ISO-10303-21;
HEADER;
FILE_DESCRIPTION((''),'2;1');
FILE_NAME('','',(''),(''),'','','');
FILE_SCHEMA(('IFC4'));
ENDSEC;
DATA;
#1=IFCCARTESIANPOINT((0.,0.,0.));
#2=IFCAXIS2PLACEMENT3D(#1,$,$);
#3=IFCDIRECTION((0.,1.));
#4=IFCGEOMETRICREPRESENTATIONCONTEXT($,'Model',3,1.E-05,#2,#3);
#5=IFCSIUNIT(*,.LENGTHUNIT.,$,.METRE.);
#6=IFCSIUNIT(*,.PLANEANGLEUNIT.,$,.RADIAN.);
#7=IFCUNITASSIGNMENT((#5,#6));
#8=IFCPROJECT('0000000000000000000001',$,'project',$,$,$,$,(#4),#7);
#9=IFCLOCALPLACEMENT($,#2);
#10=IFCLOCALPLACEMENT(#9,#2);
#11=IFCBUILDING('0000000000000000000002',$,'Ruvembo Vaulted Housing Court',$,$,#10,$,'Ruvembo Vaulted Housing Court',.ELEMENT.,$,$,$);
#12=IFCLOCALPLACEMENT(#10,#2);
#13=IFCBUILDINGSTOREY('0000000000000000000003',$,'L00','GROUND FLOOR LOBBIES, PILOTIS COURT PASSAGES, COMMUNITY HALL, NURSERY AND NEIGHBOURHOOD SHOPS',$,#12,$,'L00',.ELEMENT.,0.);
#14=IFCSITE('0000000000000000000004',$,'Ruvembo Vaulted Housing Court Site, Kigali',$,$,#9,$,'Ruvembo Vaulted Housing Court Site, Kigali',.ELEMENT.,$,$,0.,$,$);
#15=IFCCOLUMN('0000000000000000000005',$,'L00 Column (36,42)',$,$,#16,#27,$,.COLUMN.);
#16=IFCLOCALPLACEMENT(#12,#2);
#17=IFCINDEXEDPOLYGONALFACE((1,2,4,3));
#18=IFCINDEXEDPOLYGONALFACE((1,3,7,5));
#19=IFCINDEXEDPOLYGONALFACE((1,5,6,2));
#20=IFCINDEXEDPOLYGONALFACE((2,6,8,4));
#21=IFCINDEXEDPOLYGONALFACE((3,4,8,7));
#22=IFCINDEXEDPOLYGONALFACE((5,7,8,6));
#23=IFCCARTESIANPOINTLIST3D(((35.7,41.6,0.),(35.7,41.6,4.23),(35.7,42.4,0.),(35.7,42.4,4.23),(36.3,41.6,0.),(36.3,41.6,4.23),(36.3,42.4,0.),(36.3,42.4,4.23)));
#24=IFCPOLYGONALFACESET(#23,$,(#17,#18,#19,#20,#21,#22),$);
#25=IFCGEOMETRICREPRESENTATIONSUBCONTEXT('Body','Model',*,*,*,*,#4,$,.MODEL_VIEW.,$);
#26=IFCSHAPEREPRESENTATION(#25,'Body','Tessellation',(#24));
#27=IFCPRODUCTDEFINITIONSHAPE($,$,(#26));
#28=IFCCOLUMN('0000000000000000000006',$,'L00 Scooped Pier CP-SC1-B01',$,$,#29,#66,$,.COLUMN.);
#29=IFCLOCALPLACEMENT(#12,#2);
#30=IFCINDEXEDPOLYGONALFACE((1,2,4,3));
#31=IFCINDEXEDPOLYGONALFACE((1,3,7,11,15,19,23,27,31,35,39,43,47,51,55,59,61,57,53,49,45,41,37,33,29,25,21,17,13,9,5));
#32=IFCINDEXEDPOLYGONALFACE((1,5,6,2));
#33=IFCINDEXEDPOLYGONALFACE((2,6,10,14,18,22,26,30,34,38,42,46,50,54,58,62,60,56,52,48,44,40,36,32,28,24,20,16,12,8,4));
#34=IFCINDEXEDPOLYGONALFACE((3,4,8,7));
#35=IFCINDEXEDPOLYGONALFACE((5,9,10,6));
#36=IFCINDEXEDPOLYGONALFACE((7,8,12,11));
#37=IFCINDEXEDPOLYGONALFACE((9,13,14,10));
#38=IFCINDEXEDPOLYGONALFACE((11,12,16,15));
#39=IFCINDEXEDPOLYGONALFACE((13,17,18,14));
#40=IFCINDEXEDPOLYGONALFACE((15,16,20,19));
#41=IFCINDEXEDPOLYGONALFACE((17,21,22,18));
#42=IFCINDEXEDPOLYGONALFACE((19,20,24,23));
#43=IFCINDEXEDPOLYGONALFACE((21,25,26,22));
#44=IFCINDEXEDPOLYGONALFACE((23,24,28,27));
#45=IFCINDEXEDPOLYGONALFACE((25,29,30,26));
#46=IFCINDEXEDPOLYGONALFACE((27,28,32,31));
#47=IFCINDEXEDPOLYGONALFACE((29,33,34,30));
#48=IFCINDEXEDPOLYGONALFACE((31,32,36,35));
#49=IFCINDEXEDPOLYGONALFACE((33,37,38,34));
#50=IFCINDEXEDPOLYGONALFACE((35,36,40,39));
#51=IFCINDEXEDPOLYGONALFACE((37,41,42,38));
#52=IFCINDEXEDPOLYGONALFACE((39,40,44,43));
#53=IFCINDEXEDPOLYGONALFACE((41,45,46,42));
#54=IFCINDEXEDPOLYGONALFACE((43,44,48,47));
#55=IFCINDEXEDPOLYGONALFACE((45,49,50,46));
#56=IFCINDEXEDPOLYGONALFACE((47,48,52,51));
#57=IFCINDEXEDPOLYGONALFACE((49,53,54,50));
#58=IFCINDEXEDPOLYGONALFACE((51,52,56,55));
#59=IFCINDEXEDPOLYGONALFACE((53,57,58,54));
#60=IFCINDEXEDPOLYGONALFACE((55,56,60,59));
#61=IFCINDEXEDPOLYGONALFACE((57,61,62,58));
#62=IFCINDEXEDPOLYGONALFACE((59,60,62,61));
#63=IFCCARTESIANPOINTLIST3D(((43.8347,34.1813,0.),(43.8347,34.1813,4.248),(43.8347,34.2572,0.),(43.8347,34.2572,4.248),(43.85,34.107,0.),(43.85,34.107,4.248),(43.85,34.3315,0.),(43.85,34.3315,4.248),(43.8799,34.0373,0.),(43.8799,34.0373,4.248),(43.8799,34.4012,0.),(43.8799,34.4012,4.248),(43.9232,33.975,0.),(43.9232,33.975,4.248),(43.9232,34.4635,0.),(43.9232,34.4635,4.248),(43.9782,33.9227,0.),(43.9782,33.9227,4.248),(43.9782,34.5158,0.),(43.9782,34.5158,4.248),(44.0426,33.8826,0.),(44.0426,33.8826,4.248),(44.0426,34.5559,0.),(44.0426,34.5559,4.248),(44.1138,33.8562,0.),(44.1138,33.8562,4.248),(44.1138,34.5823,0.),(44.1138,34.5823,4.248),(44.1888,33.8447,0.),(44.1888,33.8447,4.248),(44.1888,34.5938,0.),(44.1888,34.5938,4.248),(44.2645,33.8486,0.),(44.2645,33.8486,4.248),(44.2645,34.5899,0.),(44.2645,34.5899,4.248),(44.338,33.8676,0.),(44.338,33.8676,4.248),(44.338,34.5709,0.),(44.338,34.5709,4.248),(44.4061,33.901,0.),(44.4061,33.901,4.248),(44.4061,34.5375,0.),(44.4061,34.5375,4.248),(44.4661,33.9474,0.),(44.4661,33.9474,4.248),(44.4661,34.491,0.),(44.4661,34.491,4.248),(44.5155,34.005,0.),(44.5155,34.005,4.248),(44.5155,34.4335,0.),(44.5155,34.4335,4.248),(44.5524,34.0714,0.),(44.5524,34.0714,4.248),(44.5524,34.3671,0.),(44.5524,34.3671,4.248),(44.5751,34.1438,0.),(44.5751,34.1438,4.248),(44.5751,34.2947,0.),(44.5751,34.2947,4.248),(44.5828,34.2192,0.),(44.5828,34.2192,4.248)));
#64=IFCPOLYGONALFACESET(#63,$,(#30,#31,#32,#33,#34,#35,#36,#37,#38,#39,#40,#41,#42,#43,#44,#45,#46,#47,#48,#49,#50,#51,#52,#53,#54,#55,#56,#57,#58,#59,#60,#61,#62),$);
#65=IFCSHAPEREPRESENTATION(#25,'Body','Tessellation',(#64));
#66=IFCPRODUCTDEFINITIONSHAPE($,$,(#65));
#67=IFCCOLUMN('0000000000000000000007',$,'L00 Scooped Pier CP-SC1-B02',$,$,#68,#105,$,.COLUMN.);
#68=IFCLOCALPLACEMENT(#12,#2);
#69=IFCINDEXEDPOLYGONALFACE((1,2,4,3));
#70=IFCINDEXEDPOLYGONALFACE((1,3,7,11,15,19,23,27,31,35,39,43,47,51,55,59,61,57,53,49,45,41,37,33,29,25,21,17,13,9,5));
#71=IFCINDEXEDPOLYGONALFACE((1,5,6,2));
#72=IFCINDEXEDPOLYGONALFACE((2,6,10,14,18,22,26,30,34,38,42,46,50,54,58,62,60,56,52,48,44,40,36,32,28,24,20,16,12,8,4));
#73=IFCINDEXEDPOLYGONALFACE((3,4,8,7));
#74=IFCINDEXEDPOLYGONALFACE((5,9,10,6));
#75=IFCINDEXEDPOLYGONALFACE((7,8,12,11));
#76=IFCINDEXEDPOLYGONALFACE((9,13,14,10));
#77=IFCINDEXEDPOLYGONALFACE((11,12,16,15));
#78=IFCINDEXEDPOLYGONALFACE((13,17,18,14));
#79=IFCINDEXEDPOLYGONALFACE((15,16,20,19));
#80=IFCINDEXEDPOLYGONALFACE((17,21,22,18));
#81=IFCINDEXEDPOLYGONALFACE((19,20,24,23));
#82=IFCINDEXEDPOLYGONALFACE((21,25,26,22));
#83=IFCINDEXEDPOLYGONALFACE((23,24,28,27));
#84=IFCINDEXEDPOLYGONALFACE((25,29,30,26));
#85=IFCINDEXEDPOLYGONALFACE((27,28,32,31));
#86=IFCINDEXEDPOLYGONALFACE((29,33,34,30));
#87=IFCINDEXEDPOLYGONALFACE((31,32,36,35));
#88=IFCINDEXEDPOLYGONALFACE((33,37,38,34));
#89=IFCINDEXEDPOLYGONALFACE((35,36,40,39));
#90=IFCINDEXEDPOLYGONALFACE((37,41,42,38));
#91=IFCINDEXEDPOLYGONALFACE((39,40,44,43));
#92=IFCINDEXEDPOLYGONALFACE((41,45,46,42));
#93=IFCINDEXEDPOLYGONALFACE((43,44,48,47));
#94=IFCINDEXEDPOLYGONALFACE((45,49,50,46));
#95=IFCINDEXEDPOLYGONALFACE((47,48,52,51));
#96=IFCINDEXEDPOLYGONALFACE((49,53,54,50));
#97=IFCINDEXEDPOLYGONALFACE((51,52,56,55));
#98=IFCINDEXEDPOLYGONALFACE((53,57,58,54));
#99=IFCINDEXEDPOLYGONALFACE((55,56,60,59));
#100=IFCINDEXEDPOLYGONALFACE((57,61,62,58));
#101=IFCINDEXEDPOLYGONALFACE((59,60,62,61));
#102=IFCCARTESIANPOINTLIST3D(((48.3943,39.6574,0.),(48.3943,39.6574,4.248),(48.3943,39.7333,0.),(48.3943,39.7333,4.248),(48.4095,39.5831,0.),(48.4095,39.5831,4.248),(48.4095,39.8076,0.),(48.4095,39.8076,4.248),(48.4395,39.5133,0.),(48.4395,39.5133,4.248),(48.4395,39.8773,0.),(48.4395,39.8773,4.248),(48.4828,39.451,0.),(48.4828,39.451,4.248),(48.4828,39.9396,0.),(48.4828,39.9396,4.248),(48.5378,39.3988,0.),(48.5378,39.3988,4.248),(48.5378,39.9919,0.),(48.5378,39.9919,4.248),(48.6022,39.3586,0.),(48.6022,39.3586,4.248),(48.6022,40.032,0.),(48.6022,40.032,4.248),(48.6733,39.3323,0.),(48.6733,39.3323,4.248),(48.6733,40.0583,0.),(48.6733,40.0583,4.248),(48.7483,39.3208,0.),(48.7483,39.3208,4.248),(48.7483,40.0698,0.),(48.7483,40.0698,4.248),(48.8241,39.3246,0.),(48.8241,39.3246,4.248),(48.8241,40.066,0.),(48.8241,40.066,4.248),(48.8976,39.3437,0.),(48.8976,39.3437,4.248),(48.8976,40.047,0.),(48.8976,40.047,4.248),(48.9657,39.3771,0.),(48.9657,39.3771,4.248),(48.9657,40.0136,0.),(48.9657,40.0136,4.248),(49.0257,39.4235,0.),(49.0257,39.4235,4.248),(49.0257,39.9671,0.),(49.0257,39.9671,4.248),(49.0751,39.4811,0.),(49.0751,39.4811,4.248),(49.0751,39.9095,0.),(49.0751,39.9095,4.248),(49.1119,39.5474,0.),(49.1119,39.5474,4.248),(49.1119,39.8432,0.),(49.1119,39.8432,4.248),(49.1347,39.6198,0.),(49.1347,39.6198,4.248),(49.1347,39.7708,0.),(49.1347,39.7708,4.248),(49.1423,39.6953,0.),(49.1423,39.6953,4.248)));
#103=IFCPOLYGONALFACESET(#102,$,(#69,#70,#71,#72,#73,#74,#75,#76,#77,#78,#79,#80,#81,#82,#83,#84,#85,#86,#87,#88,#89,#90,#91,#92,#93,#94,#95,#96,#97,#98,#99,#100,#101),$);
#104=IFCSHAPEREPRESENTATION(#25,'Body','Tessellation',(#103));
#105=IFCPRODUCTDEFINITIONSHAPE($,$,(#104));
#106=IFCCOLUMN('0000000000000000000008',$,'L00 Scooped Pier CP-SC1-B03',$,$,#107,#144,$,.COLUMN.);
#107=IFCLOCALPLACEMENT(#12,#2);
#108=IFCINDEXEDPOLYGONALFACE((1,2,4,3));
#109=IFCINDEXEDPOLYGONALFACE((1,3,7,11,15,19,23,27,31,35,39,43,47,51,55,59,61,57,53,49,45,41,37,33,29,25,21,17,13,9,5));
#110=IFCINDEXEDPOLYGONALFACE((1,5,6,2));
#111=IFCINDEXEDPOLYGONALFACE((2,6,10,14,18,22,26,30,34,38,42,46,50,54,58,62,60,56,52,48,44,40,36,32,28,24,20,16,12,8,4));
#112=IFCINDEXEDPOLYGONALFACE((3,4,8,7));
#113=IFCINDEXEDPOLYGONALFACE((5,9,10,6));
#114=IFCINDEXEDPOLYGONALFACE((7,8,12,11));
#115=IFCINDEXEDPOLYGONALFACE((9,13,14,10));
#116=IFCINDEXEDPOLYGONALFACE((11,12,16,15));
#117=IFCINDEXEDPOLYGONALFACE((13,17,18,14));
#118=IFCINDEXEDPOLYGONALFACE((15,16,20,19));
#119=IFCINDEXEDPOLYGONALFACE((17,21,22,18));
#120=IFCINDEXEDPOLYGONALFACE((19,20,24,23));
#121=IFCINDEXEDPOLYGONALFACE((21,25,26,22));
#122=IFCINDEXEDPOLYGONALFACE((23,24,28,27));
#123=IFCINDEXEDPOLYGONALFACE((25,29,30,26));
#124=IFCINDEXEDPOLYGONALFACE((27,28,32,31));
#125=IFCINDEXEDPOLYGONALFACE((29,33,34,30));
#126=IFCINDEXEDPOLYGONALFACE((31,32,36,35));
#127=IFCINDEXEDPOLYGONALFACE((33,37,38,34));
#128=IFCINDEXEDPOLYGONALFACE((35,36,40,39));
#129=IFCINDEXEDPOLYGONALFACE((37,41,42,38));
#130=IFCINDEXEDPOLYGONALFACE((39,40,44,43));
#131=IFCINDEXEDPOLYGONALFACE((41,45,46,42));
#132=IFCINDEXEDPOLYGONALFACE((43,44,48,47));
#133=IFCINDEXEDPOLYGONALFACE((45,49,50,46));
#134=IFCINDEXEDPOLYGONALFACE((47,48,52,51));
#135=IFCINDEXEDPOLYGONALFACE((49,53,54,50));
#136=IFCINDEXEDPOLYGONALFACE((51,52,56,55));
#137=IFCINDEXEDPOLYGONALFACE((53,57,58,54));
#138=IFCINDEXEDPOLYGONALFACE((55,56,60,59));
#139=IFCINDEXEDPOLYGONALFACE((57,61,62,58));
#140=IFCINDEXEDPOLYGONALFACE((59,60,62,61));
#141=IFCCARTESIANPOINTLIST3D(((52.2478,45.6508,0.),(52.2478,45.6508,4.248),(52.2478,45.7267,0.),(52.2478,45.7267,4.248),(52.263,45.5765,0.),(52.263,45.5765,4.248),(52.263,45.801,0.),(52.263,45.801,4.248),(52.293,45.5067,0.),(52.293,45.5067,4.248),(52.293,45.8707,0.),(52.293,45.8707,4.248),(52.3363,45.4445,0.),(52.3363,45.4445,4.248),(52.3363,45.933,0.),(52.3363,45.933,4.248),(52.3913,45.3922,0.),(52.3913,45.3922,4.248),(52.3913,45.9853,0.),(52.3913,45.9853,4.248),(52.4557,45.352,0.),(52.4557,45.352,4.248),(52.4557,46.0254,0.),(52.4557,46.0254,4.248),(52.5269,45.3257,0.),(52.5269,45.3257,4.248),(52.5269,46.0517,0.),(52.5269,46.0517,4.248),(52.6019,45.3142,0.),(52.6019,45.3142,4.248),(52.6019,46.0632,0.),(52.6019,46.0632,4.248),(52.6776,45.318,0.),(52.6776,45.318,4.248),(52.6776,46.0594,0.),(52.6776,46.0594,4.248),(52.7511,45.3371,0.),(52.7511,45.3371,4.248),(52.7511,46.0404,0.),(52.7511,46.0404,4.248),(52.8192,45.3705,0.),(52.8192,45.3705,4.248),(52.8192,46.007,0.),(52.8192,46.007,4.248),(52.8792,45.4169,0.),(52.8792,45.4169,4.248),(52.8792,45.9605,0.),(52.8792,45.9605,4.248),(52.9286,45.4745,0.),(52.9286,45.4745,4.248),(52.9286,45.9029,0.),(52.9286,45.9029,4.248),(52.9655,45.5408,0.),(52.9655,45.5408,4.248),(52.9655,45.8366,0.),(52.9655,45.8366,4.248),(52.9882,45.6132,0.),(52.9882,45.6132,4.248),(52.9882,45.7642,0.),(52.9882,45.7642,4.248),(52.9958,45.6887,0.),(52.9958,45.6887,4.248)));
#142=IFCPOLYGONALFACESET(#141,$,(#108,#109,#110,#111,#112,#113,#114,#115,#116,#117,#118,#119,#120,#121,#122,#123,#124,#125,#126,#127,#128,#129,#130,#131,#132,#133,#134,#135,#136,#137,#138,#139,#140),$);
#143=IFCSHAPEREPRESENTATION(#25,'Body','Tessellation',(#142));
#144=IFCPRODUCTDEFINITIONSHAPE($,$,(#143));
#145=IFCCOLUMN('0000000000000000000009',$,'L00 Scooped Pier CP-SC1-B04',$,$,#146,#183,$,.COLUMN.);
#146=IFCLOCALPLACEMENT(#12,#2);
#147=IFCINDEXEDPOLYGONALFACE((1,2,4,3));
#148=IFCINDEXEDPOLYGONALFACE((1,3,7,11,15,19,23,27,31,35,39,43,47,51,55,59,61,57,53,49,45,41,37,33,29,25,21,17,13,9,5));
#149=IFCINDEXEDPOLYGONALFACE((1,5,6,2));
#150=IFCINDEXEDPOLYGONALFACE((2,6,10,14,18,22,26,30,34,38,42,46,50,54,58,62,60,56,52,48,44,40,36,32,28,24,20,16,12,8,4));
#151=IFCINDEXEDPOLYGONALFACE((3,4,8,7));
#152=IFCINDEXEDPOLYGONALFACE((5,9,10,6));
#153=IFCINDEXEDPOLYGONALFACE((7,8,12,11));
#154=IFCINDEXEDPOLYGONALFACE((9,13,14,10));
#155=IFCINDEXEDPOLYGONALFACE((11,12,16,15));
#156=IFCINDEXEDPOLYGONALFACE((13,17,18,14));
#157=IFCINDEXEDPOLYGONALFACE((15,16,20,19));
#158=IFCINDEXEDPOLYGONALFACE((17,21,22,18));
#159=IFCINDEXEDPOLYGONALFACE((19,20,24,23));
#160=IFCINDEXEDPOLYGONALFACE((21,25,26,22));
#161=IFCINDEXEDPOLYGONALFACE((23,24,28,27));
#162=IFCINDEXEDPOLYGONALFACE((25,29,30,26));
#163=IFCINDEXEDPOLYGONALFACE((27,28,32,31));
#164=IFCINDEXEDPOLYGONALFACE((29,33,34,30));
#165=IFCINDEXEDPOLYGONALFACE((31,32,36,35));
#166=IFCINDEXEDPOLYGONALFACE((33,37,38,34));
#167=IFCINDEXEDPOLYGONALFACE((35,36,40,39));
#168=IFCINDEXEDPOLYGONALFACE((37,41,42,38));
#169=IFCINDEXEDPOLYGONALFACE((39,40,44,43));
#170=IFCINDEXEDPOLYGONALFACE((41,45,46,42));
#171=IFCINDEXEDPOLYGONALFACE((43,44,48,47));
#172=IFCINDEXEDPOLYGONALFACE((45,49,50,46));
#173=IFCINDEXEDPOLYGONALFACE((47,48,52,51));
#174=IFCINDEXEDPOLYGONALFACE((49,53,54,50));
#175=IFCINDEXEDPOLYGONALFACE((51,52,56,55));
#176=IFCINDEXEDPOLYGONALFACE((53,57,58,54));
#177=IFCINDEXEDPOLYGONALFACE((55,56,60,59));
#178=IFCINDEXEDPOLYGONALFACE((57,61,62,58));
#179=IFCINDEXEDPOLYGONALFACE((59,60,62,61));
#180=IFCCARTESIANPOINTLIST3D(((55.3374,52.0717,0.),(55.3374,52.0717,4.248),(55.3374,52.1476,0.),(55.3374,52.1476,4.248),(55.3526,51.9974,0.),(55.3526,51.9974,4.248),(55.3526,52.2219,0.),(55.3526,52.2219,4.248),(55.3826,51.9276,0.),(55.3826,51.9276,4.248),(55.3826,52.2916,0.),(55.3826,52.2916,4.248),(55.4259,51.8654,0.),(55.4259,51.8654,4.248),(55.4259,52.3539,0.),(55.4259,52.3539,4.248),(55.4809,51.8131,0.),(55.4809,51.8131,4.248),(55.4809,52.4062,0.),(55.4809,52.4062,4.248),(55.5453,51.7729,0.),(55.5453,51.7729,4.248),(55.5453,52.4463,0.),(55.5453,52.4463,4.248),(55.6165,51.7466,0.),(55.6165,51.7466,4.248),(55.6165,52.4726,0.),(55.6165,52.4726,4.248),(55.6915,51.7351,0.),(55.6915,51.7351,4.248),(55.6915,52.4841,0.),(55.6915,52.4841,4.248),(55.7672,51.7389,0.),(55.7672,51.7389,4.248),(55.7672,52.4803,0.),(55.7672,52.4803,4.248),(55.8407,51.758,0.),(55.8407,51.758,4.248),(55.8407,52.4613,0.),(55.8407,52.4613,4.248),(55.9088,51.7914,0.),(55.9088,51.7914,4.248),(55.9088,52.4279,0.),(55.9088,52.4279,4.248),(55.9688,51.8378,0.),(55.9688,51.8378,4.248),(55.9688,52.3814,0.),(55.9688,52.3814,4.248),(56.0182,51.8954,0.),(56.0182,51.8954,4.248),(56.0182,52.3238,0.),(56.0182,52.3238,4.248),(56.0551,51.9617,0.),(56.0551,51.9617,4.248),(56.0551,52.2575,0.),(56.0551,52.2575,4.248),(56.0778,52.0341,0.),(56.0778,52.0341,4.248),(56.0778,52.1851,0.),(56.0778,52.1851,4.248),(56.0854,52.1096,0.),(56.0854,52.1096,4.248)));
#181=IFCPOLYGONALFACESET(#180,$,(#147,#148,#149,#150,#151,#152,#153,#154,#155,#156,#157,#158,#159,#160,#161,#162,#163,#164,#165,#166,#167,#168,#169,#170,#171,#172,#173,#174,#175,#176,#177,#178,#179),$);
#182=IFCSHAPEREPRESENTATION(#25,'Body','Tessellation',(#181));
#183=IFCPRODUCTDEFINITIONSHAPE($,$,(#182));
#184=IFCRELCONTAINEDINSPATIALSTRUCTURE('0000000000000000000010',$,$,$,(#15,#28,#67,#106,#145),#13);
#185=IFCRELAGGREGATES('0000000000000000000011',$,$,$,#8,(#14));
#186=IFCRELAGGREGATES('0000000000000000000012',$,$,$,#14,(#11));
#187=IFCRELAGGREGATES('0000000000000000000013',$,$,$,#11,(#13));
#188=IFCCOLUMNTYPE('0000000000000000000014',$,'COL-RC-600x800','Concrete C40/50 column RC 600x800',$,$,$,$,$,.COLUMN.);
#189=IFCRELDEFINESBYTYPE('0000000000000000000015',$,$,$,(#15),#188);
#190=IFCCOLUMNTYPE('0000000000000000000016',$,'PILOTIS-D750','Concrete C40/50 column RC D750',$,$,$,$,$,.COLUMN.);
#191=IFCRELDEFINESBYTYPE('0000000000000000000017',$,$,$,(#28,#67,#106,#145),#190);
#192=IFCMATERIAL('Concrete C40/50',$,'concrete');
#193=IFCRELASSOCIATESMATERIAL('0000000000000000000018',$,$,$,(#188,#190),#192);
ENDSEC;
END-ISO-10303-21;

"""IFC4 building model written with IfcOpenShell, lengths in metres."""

from ifc_helpers import new_model, si_unit, direction, frame, origin, origin_2d, place, context, subcontext, project, spatial, rectangle, circle, extrude, material, material_profile, profile_set, type_object, element, save


model = new_model("IFC4")

# Units and contexts
model_context = context("Model", 3, precision=1e-05, world=origin(), true_north=direction((0.0, 1.0)))
body_context = subcontext(model_context, "Body", "Model", "MODEL_VIEW")
ifc_project = project(units=[si_unit("LENGTHUNIT", "METRE"), si_unit("PLANEANGLEUNIT", "RADIAN")], contexts=[model_context])

# Site, building, storey
site_placement = place(None, origin())
site = spatial("IfcSite", under=ifc_project, at=site_placement, Name="Ruvembo Vaulted Housing Court Site, Kigali", LongName="Ruvembo Vaulted Housing Court Site, Kigali", CompositionType="ELEMENT", RefElevation=0.0)
building_placement = place(site_placement, origin())
building = spatial("IfcBuilding", under=site, at=building_placement, Name="Ruvembo Vaulted Housing Court", LongName="Ruvembo Vaulted Housing Court", CompositionType="ELEMENT")
storey_placement = place(building_placement, origin())
storey = spatial("IfcBuildingStorey", under=building, at=storey_placement, Name="L00", Description="GROUND FLOOR LOBBIES, PILOTIS COURT PASSAGES, COMMUNITY HALL, NURSERY AND NEIGHBOURHOOD SHOPS", LongName="L00", CompositionType="ELEMENT", Elevation=0.0)

# Columns
ifc_material_1 = material(Name="Concrete C40/50", Category="concrete")
ifc_material_profile_1 = material_profile(ifc_material_1, rectangle(XDim=0.6001, YDim=0.8, at=origin_2d()), Name="RC 600x800")
ifc_profile_set_1 = profile_set([ifc_material_profile_1], Name="Concrete C40/50")
column_type_1 = type_object("IfcColumnType", Name="COL-RC-600x800", Description="Concrete C40/50 column RC 600x800", PredefinedType="COLUMN", material=ifc_profile_set_1)
column_placement = place(storey_placement, frame((36.0, 42.0, 0.0), z_axis=(0.0, 0.0, 1.0), x_axis=(1.0, 0.0, 0.0)))
element("IfcColumn", 1, at=column_placement, inside=storey, type_object=column_type_1, Name="L00 Column (36,42)", PredefinedType="COLUMN", context=body_context, shape_type="SweptSolid", body=[
    extrude(rectangle(XDim=0.6001, YDim=0.8, at=origin_2d()), origin(), (0.0, 0.0, 1.0), 4.23),
])
ifc_material_profile_2 = material_profile(ifc_material_1, circle(Radius=0.375, at=origin_2d()), Name="RC D750")
ifc_profile_set_2 = profile_set([ifc_material_profile_2], Name="Concrete C40/50")
column_type_2 = type_object("IfcColumnType", Name="PILOTIS-D750", Description="Concrete C40/50 column RC D750", PredefinedType="COLUMN", material=ifc_profile_set_2)
for number, where, z_axis, x_axis, name in (
    (2, (44.2078, 34.2192, 0.0), (0.0, 0.0, 1.0), (1.0, 0.0, 0.0), "L00 Scooped Pier CP-SC1-B01"),
    (3, (48.7673, 39.6953, 0.0), (0.0, 0.0, 1.0), (1.0, 0.0, 0.0), "L00 Scooped Pier CP-SC1-B02"),
    (4, (52.6208, 45.6887, 0.0), (0.0, 0.0, 1.0), (1.0, 0.0, 0.0), "L00 Scooped Pier CP-SC1-B03"),
    (5, (55.7104, 52.1096, 0.0), (0.0, 0.0, 1.0), (1.0, 0.0, 0.0), "L00 Scooped Pier CP-SC1-B04"),
):
    element("IfcColumn", number, at=place(storey_placement, frame(where, z_axis=z_axis, x_axis=x_axis)), inside=storey, type_object=column_type_2, Name=name, PredefinedType="COLUMN", context=body_context, shape_type="SweptSolid", body=[
        extrude(circle(Radius=0.375, at=origin_2d()), origin(), (0.0, 0.0, 1.0), 4.248),
    ])

save(model, "model.ifc")
